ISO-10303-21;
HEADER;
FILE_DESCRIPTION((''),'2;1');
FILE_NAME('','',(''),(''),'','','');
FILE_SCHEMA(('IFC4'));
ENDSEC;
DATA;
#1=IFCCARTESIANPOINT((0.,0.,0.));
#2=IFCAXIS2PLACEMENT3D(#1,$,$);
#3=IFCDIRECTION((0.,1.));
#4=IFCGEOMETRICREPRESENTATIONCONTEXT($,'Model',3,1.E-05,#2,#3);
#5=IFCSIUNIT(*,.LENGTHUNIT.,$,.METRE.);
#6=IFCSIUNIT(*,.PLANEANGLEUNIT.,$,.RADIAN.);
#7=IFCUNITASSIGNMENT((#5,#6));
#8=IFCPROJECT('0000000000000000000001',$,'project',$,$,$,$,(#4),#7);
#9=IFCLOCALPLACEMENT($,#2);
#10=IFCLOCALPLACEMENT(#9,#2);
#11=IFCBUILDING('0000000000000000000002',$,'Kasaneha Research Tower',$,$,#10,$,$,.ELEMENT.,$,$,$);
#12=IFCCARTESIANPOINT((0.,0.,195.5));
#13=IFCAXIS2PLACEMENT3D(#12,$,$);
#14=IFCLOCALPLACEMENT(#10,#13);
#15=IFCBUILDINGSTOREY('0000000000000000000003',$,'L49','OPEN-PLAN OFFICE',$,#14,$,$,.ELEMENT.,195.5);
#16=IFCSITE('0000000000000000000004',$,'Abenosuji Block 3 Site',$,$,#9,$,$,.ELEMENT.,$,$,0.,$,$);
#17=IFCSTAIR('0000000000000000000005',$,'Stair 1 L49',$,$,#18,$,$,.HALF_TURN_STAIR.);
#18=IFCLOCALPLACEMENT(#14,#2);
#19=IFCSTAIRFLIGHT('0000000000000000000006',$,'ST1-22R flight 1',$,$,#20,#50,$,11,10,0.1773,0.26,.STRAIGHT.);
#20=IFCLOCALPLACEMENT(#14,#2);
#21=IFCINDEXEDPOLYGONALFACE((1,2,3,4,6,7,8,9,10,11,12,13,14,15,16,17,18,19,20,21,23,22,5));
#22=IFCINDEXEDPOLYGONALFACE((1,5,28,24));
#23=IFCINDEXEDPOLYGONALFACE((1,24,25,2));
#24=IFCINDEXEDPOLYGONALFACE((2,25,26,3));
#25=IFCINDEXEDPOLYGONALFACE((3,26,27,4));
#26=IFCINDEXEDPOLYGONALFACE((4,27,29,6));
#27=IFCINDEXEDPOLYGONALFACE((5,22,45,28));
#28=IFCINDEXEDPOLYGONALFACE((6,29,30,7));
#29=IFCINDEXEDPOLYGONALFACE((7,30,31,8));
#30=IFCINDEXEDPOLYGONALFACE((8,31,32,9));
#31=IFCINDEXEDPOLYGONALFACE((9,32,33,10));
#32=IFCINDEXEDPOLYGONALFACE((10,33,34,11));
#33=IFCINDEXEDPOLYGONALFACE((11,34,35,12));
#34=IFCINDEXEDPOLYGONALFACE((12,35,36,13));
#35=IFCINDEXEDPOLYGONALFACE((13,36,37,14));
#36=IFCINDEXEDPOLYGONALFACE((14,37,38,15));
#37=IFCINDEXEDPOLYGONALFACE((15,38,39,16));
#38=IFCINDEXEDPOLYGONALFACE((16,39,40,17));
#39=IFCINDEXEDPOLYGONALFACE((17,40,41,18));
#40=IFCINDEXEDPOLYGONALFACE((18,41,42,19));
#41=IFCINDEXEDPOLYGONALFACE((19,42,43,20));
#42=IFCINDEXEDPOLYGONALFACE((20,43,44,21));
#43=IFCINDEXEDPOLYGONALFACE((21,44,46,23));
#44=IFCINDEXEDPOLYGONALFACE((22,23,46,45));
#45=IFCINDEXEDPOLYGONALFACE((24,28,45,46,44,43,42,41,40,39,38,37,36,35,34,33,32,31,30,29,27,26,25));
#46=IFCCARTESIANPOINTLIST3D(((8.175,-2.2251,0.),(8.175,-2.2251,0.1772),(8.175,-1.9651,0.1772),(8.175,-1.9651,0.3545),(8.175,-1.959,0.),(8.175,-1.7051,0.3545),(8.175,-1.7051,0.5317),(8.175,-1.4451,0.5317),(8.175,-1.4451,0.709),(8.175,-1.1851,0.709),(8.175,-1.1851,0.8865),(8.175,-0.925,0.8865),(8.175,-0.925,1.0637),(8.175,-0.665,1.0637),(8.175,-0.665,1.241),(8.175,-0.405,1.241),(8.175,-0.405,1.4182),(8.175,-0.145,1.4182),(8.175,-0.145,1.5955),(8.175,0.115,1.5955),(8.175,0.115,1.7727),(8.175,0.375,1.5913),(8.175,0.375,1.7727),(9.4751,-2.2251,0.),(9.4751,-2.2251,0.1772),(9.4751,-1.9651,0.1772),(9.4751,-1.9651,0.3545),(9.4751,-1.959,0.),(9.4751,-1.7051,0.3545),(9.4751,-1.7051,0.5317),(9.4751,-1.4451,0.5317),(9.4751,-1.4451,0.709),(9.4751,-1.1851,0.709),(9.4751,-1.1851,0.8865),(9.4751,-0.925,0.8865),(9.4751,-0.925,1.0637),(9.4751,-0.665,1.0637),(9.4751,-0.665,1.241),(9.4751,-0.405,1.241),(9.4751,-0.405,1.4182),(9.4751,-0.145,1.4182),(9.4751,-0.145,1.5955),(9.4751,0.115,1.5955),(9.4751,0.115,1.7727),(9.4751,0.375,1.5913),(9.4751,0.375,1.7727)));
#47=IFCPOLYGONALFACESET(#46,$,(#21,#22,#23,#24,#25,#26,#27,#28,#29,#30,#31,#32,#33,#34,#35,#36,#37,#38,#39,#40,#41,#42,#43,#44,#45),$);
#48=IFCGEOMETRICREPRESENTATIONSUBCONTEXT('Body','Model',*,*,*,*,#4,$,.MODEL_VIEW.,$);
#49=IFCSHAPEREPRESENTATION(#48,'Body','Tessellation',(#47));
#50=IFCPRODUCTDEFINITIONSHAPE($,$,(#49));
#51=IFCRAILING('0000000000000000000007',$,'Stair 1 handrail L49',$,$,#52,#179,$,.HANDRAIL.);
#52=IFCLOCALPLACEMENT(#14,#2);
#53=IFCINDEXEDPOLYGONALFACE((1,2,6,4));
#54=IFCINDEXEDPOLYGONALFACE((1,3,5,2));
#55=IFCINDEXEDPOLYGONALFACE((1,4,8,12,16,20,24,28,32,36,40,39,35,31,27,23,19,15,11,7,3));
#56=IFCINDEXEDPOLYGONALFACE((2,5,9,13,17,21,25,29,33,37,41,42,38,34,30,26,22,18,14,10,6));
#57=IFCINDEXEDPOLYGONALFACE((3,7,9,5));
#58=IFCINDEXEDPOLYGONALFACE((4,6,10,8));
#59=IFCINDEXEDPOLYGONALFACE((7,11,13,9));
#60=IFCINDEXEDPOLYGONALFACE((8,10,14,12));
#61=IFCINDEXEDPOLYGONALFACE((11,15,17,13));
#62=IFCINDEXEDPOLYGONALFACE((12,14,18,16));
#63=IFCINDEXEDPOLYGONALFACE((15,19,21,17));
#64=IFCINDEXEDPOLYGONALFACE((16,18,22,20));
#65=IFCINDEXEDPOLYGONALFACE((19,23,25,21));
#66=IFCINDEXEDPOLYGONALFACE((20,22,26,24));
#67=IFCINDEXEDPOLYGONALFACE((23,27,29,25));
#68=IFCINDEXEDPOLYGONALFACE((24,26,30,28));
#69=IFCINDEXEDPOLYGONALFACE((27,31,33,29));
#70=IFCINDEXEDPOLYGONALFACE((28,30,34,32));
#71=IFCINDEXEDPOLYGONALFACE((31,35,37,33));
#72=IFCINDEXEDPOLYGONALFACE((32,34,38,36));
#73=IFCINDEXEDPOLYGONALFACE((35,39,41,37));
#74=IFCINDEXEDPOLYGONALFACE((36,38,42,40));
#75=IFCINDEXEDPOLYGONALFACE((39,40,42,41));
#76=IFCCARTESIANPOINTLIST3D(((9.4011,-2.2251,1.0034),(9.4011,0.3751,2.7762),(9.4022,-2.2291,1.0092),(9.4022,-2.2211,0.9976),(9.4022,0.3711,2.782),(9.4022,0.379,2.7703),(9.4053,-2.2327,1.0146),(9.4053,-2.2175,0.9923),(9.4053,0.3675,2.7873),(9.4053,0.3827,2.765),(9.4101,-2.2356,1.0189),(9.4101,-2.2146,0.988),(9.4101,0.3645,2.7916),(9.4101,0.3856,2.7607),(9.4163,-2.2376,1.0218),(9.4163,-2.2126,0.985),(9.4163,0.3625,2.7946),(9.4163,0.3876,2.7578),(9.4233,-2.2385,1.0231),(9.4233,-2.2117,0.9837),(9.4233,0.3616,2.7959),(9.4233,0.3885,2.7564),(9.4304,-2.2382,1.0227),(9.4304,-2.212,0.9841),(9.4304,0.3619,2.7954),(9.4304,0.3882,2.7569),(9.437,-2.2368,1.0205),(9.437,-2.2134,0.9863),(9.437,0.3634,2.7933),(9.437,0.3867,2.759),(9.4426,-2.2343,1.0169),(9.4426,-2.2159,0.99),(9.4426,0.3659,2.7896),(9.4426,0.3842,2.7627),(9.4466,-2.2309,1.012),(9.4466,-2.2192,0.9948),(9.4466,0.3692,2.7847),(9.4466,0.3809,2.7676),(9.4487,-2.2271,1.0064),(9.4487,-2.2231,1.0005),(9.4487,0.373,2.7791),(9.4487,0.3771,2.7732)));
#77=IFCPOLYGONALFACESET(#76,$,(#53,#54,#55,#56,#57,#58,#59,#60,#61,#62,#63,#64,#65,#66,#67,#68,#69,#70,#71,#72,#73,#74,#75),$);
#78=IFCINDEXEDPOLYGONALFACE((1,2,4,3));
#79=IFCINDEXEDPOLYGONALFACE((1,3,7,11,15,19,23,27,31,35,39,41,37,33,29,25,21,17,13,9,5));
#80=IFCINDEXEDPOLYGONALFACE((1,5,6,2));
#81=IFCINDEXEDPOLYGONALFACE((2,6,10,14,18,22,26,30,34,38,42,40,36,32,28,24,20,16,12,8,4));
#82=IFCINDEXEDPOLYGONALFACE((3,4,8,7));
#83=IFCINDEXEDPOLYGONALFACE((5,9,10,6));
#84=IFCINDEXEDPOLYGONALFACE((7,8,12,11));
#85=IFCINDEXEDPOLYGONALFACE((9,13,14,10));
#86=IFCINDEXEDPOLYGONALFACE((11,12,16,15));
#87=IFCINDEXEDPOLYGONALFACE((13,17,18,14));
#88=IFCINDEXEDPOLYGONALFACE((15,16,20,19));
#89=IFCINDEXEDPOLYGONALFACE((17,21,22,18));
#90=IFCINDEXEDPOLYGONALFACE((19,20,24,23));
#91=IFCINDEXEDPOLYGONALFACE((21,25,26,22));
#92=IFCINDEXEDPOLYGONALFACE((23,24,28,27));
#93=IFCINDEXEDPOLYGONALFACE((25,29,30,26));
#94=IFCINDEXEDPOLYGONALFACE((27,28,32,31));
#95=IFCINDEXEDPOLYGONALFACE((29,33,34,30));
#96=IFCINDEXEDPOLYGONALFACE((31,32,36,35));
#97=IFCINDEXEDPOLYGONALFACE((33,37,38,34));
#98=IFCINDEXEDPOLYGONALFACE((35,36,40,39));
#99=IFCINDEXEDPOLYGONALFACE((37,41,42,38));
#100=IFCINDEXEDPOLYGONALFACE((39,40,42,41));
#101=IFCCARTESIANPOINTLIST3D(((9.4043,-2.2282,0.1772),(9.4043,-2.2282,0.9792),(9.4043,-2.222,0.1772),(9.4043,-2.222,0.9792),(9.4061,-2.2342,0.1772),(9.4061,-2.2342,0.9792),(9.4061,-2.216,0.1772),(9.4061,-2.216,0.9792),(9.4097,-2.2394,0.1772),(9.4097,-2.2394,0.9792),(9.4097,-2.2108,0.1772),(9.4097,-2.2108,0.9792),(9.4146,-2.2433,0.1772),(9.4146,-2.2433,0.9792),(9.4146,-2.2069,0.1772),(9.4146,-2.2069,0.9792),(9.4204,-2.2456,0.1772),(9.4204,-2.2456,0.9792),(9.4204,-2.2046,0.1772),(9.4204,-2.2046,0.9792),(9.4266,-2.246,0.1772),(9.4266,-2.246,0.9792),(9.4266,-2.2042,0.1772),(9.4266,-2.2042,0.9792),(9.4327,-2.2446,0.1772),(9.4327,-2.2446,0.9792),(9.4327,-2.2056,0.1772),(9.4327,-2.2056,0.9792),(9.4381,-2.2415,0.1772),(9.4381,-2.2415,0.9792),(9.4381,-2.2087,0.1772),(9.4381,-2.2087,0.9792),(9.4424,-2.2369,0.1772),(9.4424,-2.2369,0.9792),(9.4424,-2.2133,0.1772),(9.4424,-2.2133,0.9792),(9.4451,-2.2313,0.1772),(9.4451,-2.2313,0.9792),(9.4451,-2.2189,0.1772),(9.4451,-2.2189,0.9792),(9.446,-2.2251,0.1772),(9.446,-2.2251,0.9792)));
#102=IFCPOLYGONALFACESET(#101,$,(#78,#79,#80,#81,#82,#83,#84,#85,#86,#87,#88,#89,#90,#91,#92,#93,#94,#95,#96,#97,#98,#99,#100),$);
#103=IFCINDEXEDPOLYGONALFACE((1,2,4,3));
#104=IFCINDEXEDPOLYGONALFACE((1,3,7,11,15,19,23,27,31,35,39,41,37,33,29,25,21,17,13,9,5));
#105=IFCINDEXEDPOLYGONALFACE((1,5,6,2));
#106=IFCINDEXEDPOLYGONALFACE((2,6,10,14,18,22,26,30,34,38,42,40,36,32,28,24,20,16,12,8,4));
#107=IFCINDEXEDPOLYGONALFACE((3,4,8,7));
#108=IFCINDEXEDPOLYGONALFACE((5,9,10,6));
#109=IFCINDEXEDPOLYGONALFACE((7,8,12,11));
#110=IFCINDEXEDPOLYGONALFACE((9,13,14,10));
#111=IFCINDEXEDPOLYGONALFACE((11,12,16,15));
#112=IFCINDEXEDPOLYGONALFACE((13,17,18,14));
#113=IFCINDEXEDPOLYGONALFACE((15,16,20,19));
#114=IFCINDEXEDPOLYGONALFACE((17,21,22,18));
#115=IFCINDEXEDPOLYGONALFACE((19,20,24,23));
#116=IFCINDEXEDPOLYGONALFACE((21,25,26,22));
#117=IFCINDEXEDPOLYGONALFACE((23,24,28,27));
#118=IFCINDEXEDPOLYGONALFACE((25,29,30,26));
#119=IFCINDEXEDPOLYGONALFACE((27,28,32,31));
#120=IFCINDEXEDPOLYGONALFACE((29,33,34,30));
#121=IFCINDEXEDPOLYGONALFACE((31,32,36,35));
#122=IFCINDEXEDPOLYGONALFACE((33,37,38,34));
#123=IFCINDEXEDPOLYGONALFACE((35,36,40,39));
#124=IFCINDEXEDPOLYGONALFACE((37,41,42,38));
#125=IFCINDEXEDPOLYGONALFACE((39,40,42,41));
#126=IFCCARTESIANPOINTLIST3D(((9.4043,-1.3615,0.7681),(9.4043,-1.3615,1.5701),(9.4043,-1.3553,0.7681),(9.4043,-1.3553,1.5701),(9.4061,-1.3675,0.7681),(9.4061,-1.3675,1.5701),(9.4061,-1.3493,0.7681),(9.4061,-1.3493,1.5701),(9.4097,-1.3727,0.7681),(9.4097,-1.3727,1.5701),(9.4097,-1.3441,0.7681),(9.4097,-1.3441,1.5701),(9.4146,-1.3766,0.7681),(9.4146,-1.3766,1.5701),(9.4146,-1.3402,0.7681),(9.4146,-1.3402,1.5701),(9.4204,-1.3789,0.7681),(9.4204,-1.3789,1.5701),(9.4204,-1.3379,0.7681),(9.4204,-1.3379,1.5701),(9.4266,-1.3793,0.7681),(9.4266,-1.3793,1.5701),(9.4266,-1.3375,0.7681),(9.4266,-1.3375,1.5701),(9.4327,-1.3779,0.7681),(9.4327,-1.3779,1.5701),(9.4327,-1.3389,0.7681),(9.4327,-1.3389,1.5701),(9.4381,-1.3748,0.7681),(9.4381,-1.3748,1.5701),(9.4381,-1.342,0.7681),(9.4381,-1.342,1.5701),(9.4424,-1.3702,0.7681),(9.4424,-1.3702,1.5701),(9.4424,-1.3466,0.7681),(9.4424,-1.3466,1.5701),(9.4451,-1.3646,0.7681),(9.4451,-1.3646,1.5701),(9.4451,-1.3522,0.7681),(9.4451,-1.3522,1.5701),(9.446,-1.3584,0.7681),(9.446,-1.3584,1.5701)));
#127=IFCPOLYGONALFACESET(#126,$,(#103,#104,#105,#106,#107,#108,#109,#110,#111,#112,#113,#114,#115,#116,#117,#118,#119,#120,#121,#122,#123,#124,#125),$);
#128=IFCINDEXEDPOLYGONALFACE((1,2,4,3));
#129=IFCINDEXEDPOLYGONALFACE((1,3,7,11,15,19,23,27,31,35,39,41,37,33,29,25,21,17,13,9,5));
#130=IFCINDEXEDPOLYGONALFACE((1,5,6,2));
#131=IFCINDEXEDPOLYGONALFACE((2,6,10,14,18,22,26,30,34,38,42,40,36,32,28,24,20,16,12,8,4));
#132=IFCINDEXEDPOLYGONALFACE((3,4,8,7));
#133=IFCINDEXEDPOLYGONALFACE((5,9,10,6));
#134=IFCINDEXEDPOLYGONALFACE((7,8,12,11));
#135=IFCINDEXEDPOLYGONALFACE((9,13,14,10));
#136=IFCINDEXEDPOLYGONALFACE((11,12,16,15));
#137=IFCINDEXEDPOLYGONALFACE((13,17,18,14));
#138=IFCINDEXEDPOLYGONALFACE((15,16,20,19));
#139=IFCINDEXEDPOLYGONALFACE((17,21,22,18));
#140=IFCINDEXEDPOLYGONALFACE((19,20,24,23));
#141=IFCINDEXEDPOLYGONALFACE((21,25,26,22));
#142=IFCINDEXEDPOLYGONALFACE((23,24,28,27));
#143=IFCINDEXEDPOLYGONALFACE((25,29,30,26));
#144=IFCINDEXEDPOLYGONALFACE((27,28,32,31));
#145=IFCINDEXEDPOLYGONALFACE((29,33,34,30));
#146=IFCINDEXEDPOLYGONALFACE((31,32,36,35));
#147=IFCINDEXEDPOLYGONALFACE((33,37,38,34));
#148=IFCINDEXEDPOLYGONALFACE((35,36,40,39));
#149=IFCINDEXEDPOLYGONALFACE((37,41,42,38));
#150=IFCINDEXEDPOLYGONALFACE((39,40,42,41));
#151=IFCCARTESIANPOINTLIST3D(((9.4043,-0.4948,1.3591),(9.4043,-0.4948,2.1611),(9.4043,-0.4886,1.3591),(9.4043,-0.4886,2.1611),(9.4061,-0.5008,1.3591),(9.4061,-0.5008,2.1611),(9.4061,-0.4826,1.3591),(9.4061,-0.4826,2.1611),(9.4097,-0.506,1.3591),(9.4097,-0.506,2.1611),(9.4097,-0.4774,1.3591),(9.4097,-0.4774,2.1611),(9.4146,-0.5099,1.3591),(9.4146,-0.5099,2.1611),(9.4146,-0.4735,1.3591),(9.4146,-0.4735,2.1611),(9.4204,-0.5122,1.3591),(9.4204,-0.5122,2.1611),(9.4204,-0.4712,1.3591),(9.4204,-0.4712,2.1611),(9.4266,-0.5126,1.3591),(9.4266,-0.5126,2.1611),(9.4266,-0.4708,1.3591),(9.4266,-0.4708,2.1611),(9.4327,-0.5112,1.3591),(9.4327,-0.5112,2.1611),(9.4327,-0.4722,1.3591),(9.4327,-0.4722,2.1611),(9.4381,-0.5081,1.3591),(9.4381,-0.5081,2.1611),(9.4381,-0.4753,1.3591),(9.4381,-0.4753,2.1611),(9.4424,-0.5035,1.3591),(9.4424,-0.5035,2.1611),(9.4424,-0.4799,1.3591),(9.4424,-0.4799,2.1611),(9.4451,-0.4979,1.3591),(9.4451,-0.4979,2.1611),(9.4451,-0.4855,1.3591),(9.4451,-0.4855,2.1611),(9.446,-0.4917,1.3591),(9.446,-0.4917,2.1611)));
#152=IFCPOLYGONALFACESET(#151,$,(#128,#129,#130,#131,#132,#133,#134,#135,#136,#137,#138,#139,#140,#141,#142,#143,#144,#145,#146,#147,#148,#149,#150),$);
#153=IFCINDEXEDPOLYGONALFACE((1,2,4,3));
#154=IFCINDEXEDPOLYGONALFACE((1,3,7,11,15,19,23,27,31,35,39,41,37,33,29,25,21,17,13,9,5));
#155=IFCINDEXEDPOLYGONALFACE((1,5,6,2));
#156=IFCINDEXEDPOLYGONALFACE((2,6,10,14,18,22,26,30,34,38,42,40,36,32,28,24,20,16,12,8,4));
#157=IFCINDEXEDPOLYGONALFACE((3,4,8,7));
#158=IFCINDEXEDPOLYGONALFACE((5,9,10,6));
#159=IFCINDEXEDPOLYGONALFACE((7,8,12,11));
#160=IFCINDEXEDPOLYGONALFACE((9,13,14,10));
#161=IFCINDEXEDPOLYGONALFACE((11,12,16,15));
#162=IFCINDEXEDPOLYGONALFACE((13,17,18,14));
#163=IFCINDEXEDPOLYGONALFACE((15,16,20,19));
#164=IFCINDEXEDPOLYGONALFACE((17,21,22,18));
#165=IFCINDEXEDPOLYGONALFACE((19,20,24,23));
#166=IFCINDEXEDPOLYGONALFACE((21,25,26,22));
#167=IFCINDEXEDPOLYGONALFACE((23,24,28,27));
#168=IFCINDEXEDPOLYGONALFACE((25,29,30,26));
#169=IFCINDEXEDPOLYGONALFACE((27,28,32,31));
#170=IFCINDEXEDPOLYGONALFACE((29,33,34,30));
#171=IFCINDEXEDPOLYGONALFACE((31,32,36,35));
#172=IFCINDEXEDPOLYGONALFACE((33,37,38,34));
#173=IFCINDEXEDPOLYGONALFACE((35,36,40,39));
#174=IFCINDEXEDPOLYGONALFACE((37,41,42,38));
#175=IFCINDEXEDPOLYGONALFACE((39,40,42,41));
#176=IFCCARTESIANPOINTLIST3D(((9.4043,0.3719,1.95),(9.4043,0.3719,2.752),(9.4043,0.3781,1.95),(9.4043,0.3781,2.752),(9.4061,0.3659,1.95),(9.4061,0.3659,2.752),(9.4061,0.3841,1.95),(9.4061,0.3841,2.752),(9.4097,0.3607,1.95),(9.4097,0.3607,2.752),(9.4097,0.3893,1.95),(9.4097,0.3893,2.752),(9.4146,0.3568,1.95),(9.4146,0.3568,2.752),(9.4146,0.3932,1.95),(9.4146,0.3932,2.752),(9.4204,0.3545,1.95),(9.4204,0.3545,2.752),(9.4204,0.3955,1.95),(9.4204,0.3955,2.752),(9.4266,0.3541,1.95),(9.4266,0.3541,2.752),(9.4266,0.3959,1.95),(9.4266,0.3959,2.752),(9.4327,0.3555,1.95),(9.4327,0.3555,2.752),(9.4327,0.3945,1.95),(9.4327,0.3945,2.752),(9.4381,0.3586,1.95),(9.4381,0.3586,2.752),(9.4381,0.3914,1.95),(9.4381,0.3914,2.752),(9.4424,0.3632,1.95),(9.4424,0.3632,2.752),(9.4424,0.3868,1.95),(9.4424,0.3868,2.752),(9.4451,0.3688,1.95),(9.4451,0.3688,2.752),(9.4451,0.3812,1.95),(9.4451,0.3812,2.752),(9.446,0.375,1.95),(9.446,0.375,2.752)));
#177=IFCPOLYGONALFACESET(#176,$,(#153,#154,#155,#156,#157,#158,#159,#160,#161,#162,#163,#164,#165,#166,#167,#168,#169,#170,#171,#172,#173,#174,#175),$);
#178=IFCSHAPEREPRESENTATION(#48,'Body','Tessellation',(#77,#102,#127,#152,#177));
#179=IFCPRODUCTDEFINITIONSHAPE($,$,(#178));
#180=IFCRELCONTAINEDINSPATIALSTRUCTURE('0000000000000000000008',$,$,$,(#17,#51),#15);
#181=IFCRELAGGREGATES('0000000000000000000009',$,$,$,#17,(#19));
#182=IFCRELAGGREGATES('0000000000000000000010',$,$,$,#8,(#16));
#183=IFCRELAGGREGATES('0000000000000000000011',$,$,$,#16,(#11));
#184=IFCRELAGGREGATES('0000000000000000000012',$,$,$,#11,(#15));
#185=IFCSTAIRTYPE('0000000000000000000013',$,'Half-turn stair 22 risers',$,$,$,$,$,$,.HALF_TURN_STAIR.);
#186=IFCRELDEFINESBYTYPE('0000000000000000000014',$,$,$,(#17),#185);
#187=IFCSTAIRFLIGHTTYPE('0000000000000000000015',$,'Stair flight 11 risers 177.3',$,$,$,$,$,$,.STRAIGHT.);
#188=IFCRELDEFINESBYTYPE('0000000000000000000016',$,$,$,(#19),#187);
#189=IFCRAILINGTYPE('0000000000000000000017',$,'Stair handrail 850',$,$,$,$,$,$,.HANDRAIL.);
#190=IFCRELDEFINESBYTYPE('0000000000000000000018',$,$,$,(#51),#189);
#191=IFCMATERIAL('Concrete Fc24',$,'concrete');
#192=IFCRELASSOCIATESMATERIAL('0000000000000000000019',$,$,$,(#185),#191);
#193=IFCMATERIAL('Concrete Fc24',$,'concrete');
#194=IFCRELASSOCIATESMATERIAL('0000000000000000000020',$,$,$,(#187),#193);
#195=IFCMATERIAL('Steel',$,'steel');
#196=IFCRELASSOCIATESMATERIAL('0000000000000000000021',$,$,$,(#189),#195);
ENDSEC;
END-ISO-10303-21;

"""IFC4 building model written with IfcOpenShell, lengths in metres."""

from ifc_helpers import new_model, si_unit, direction, frame, origin, origin_2d, place, context, subcontext, project, spatial, polyline, circle, outline, extrude, material, type_object, element, aggregate, save


model = new_model("IFC4")

# Units and contexts
model_context = context("Model", 3, precision=1e-05, world=origin(), true_north=direction((0.0, 1.0)))
body_context = subcontext(model_context, "Body", "Model", "MODEL_VIEW")
ifc_project = project(units=[si_unit("LENGTHUNIT", "METRE"), si_unit("PLANEANGLEUNIT", "RADIAN")], contexts=[model_context])

# Site, building, storey
site_placement = place(None, origin())
site = spatial("IfcSite", under=ifc_project, at=site_placement, Name="Abenosuji Block 3 Site", CompositionType="ELEMENT", RefElevation=0.0)
building_placement = place(site_placement, origin())
building = spatial("IfcBuilding", under=site, at=building_placement, Name="Kasaneha Research Tower", CompositionType="ELEMENT")
storey_placement = place(building_placement, frame((0.0, 0.0, 195.5)))
storey = spatial("IfcBuildingStorey", under=building, at=storey_placement, Name="L49", Description="OPEN-PLAN OFFICE", CompositionType="ELEMENT", Elevation=195.5)

# Stair, stair flight
ifc_material_1 = material(Name="Concrete Fc24", Category="concrete")
stair_type = type_object("IfcStairType", Name="Half-turn stair 22 risers", PredefinedType="HALF_TURN_STAIR", material=ifc_material_1)
stair_placement = place(storey_placement, origin())
stair = element("IfcStair", 1, at=stair_placement, inside=storey, type_object=stair_type, Name="Stair 1 L49", PredefinedType="HALF_TURN_STAIR")
ifc_material_2 = material(Name="Concrete Fc24", Category="concrete")
stair_flight_type = type_object("IfcStairFlightType", Name="Stair flight 11 risers 177.3", PredefinedType="STRAIGHT", material=ifc_material_2)
stair_flight_placement = place(storey_placement, frame((8.825, -2.2251, 0.0), z_axis=(0.0, 0.0, 1.0), x_axis=(0.0, 1.0, 0.0)))
stair_flight = element("IfcStairFlight", 2, at=stair_flight_placement, type_object=stair_flight_type, Name="ST1-22R flight 1", NumberOfRisers=11, NumberOfTreads=10, PredefinedType="STRAIGHT", RiserHeight=0.1773, TreadLength=0.26, context=body_context, shape_type="SweptSolid", body=[
    extrude(outline(polyline([(0.0, 0.0), (0.0, 0.1772), (0.26, 0.1772), (0.26, 0.3545), (0.52, 0.3545), (0.52, 0.5317), (0.78, 0.5317), (0.78, 0.709), (1.04, 0.709), (1.04, 0.8865), (1.3, 0.8865), (1.3, 1.0637), (1.5601, 1.0637), (1.5601, 1.241), (1.8201, 1.241), (1.8201, 1.4182), (2.0801, 1.4182), (2.0801, 1.5955), (2.3401, 1.5955), (2.3401, 1.7727), (2.6001, 1.7727), (2.6001, 1.95), (2.6001, 1.5913), (0.2661, 0.0), (0.0, 0.0)])), frame((0.0, 0.6499, 0.0), z_axis=(0.0, -1.0, 0.0), x_axis=(1.0, 0.0, 0.0)), (0.0, 0.0, 1.0), 1.3),
])
aggregate(stair, [stair_flight])

# Railing
ifc_material_3 = material(Name="Steel", Category="steel")
railing_type = type_object("IfcRailingType", Name="Stair handrail 850", PredefinedType="HANDRAIL", material=ifc_material_3)
railing_placement = place(storey_placement, frame((9.425, -2.2251, 0.1772)))
element("IfcRailing", 3, at=railing_placement, inside=storey, type_object=railing_type, Name="Stair 1 handrail L49", PredefinedType="HANDRAIL", context=body_context, shape_type="SweptSolid", body=[
    extrude(circle(Radius=0.0239, at=origin_2d()), frame((0.0, 0.0, 0.8262), z_axis=(0.0, 0.82624, 0.563318), x_axis=(-1.0, 0.0, 0.0)), (0.0, 0.0, 1.0), 3.147),
    extrude(circle(Radius=0.021, at=origin_2d()), origin(), (0.0, 0.0, 1.0), 0.802),
    extrude(circle(Radius=0.021, at=origin_2d()), frame((0.0, 0.8667, 0.5908)), (0.0, 0.0, 1.0), 0.802),
    extrude(circle(Radius=0.021, at=origin_2d()), frame((0.0, 1.7334, 1.1819)), (0.0, 0.0, 1.0), 0.802),
    extrude(circle(Radius=0.021, at=origin_2d()), frame((0.0, 2.6001, 1.7727)), (0.0, 0.0, 1.0), 0.802),
])

save(model, "model.ifc")
